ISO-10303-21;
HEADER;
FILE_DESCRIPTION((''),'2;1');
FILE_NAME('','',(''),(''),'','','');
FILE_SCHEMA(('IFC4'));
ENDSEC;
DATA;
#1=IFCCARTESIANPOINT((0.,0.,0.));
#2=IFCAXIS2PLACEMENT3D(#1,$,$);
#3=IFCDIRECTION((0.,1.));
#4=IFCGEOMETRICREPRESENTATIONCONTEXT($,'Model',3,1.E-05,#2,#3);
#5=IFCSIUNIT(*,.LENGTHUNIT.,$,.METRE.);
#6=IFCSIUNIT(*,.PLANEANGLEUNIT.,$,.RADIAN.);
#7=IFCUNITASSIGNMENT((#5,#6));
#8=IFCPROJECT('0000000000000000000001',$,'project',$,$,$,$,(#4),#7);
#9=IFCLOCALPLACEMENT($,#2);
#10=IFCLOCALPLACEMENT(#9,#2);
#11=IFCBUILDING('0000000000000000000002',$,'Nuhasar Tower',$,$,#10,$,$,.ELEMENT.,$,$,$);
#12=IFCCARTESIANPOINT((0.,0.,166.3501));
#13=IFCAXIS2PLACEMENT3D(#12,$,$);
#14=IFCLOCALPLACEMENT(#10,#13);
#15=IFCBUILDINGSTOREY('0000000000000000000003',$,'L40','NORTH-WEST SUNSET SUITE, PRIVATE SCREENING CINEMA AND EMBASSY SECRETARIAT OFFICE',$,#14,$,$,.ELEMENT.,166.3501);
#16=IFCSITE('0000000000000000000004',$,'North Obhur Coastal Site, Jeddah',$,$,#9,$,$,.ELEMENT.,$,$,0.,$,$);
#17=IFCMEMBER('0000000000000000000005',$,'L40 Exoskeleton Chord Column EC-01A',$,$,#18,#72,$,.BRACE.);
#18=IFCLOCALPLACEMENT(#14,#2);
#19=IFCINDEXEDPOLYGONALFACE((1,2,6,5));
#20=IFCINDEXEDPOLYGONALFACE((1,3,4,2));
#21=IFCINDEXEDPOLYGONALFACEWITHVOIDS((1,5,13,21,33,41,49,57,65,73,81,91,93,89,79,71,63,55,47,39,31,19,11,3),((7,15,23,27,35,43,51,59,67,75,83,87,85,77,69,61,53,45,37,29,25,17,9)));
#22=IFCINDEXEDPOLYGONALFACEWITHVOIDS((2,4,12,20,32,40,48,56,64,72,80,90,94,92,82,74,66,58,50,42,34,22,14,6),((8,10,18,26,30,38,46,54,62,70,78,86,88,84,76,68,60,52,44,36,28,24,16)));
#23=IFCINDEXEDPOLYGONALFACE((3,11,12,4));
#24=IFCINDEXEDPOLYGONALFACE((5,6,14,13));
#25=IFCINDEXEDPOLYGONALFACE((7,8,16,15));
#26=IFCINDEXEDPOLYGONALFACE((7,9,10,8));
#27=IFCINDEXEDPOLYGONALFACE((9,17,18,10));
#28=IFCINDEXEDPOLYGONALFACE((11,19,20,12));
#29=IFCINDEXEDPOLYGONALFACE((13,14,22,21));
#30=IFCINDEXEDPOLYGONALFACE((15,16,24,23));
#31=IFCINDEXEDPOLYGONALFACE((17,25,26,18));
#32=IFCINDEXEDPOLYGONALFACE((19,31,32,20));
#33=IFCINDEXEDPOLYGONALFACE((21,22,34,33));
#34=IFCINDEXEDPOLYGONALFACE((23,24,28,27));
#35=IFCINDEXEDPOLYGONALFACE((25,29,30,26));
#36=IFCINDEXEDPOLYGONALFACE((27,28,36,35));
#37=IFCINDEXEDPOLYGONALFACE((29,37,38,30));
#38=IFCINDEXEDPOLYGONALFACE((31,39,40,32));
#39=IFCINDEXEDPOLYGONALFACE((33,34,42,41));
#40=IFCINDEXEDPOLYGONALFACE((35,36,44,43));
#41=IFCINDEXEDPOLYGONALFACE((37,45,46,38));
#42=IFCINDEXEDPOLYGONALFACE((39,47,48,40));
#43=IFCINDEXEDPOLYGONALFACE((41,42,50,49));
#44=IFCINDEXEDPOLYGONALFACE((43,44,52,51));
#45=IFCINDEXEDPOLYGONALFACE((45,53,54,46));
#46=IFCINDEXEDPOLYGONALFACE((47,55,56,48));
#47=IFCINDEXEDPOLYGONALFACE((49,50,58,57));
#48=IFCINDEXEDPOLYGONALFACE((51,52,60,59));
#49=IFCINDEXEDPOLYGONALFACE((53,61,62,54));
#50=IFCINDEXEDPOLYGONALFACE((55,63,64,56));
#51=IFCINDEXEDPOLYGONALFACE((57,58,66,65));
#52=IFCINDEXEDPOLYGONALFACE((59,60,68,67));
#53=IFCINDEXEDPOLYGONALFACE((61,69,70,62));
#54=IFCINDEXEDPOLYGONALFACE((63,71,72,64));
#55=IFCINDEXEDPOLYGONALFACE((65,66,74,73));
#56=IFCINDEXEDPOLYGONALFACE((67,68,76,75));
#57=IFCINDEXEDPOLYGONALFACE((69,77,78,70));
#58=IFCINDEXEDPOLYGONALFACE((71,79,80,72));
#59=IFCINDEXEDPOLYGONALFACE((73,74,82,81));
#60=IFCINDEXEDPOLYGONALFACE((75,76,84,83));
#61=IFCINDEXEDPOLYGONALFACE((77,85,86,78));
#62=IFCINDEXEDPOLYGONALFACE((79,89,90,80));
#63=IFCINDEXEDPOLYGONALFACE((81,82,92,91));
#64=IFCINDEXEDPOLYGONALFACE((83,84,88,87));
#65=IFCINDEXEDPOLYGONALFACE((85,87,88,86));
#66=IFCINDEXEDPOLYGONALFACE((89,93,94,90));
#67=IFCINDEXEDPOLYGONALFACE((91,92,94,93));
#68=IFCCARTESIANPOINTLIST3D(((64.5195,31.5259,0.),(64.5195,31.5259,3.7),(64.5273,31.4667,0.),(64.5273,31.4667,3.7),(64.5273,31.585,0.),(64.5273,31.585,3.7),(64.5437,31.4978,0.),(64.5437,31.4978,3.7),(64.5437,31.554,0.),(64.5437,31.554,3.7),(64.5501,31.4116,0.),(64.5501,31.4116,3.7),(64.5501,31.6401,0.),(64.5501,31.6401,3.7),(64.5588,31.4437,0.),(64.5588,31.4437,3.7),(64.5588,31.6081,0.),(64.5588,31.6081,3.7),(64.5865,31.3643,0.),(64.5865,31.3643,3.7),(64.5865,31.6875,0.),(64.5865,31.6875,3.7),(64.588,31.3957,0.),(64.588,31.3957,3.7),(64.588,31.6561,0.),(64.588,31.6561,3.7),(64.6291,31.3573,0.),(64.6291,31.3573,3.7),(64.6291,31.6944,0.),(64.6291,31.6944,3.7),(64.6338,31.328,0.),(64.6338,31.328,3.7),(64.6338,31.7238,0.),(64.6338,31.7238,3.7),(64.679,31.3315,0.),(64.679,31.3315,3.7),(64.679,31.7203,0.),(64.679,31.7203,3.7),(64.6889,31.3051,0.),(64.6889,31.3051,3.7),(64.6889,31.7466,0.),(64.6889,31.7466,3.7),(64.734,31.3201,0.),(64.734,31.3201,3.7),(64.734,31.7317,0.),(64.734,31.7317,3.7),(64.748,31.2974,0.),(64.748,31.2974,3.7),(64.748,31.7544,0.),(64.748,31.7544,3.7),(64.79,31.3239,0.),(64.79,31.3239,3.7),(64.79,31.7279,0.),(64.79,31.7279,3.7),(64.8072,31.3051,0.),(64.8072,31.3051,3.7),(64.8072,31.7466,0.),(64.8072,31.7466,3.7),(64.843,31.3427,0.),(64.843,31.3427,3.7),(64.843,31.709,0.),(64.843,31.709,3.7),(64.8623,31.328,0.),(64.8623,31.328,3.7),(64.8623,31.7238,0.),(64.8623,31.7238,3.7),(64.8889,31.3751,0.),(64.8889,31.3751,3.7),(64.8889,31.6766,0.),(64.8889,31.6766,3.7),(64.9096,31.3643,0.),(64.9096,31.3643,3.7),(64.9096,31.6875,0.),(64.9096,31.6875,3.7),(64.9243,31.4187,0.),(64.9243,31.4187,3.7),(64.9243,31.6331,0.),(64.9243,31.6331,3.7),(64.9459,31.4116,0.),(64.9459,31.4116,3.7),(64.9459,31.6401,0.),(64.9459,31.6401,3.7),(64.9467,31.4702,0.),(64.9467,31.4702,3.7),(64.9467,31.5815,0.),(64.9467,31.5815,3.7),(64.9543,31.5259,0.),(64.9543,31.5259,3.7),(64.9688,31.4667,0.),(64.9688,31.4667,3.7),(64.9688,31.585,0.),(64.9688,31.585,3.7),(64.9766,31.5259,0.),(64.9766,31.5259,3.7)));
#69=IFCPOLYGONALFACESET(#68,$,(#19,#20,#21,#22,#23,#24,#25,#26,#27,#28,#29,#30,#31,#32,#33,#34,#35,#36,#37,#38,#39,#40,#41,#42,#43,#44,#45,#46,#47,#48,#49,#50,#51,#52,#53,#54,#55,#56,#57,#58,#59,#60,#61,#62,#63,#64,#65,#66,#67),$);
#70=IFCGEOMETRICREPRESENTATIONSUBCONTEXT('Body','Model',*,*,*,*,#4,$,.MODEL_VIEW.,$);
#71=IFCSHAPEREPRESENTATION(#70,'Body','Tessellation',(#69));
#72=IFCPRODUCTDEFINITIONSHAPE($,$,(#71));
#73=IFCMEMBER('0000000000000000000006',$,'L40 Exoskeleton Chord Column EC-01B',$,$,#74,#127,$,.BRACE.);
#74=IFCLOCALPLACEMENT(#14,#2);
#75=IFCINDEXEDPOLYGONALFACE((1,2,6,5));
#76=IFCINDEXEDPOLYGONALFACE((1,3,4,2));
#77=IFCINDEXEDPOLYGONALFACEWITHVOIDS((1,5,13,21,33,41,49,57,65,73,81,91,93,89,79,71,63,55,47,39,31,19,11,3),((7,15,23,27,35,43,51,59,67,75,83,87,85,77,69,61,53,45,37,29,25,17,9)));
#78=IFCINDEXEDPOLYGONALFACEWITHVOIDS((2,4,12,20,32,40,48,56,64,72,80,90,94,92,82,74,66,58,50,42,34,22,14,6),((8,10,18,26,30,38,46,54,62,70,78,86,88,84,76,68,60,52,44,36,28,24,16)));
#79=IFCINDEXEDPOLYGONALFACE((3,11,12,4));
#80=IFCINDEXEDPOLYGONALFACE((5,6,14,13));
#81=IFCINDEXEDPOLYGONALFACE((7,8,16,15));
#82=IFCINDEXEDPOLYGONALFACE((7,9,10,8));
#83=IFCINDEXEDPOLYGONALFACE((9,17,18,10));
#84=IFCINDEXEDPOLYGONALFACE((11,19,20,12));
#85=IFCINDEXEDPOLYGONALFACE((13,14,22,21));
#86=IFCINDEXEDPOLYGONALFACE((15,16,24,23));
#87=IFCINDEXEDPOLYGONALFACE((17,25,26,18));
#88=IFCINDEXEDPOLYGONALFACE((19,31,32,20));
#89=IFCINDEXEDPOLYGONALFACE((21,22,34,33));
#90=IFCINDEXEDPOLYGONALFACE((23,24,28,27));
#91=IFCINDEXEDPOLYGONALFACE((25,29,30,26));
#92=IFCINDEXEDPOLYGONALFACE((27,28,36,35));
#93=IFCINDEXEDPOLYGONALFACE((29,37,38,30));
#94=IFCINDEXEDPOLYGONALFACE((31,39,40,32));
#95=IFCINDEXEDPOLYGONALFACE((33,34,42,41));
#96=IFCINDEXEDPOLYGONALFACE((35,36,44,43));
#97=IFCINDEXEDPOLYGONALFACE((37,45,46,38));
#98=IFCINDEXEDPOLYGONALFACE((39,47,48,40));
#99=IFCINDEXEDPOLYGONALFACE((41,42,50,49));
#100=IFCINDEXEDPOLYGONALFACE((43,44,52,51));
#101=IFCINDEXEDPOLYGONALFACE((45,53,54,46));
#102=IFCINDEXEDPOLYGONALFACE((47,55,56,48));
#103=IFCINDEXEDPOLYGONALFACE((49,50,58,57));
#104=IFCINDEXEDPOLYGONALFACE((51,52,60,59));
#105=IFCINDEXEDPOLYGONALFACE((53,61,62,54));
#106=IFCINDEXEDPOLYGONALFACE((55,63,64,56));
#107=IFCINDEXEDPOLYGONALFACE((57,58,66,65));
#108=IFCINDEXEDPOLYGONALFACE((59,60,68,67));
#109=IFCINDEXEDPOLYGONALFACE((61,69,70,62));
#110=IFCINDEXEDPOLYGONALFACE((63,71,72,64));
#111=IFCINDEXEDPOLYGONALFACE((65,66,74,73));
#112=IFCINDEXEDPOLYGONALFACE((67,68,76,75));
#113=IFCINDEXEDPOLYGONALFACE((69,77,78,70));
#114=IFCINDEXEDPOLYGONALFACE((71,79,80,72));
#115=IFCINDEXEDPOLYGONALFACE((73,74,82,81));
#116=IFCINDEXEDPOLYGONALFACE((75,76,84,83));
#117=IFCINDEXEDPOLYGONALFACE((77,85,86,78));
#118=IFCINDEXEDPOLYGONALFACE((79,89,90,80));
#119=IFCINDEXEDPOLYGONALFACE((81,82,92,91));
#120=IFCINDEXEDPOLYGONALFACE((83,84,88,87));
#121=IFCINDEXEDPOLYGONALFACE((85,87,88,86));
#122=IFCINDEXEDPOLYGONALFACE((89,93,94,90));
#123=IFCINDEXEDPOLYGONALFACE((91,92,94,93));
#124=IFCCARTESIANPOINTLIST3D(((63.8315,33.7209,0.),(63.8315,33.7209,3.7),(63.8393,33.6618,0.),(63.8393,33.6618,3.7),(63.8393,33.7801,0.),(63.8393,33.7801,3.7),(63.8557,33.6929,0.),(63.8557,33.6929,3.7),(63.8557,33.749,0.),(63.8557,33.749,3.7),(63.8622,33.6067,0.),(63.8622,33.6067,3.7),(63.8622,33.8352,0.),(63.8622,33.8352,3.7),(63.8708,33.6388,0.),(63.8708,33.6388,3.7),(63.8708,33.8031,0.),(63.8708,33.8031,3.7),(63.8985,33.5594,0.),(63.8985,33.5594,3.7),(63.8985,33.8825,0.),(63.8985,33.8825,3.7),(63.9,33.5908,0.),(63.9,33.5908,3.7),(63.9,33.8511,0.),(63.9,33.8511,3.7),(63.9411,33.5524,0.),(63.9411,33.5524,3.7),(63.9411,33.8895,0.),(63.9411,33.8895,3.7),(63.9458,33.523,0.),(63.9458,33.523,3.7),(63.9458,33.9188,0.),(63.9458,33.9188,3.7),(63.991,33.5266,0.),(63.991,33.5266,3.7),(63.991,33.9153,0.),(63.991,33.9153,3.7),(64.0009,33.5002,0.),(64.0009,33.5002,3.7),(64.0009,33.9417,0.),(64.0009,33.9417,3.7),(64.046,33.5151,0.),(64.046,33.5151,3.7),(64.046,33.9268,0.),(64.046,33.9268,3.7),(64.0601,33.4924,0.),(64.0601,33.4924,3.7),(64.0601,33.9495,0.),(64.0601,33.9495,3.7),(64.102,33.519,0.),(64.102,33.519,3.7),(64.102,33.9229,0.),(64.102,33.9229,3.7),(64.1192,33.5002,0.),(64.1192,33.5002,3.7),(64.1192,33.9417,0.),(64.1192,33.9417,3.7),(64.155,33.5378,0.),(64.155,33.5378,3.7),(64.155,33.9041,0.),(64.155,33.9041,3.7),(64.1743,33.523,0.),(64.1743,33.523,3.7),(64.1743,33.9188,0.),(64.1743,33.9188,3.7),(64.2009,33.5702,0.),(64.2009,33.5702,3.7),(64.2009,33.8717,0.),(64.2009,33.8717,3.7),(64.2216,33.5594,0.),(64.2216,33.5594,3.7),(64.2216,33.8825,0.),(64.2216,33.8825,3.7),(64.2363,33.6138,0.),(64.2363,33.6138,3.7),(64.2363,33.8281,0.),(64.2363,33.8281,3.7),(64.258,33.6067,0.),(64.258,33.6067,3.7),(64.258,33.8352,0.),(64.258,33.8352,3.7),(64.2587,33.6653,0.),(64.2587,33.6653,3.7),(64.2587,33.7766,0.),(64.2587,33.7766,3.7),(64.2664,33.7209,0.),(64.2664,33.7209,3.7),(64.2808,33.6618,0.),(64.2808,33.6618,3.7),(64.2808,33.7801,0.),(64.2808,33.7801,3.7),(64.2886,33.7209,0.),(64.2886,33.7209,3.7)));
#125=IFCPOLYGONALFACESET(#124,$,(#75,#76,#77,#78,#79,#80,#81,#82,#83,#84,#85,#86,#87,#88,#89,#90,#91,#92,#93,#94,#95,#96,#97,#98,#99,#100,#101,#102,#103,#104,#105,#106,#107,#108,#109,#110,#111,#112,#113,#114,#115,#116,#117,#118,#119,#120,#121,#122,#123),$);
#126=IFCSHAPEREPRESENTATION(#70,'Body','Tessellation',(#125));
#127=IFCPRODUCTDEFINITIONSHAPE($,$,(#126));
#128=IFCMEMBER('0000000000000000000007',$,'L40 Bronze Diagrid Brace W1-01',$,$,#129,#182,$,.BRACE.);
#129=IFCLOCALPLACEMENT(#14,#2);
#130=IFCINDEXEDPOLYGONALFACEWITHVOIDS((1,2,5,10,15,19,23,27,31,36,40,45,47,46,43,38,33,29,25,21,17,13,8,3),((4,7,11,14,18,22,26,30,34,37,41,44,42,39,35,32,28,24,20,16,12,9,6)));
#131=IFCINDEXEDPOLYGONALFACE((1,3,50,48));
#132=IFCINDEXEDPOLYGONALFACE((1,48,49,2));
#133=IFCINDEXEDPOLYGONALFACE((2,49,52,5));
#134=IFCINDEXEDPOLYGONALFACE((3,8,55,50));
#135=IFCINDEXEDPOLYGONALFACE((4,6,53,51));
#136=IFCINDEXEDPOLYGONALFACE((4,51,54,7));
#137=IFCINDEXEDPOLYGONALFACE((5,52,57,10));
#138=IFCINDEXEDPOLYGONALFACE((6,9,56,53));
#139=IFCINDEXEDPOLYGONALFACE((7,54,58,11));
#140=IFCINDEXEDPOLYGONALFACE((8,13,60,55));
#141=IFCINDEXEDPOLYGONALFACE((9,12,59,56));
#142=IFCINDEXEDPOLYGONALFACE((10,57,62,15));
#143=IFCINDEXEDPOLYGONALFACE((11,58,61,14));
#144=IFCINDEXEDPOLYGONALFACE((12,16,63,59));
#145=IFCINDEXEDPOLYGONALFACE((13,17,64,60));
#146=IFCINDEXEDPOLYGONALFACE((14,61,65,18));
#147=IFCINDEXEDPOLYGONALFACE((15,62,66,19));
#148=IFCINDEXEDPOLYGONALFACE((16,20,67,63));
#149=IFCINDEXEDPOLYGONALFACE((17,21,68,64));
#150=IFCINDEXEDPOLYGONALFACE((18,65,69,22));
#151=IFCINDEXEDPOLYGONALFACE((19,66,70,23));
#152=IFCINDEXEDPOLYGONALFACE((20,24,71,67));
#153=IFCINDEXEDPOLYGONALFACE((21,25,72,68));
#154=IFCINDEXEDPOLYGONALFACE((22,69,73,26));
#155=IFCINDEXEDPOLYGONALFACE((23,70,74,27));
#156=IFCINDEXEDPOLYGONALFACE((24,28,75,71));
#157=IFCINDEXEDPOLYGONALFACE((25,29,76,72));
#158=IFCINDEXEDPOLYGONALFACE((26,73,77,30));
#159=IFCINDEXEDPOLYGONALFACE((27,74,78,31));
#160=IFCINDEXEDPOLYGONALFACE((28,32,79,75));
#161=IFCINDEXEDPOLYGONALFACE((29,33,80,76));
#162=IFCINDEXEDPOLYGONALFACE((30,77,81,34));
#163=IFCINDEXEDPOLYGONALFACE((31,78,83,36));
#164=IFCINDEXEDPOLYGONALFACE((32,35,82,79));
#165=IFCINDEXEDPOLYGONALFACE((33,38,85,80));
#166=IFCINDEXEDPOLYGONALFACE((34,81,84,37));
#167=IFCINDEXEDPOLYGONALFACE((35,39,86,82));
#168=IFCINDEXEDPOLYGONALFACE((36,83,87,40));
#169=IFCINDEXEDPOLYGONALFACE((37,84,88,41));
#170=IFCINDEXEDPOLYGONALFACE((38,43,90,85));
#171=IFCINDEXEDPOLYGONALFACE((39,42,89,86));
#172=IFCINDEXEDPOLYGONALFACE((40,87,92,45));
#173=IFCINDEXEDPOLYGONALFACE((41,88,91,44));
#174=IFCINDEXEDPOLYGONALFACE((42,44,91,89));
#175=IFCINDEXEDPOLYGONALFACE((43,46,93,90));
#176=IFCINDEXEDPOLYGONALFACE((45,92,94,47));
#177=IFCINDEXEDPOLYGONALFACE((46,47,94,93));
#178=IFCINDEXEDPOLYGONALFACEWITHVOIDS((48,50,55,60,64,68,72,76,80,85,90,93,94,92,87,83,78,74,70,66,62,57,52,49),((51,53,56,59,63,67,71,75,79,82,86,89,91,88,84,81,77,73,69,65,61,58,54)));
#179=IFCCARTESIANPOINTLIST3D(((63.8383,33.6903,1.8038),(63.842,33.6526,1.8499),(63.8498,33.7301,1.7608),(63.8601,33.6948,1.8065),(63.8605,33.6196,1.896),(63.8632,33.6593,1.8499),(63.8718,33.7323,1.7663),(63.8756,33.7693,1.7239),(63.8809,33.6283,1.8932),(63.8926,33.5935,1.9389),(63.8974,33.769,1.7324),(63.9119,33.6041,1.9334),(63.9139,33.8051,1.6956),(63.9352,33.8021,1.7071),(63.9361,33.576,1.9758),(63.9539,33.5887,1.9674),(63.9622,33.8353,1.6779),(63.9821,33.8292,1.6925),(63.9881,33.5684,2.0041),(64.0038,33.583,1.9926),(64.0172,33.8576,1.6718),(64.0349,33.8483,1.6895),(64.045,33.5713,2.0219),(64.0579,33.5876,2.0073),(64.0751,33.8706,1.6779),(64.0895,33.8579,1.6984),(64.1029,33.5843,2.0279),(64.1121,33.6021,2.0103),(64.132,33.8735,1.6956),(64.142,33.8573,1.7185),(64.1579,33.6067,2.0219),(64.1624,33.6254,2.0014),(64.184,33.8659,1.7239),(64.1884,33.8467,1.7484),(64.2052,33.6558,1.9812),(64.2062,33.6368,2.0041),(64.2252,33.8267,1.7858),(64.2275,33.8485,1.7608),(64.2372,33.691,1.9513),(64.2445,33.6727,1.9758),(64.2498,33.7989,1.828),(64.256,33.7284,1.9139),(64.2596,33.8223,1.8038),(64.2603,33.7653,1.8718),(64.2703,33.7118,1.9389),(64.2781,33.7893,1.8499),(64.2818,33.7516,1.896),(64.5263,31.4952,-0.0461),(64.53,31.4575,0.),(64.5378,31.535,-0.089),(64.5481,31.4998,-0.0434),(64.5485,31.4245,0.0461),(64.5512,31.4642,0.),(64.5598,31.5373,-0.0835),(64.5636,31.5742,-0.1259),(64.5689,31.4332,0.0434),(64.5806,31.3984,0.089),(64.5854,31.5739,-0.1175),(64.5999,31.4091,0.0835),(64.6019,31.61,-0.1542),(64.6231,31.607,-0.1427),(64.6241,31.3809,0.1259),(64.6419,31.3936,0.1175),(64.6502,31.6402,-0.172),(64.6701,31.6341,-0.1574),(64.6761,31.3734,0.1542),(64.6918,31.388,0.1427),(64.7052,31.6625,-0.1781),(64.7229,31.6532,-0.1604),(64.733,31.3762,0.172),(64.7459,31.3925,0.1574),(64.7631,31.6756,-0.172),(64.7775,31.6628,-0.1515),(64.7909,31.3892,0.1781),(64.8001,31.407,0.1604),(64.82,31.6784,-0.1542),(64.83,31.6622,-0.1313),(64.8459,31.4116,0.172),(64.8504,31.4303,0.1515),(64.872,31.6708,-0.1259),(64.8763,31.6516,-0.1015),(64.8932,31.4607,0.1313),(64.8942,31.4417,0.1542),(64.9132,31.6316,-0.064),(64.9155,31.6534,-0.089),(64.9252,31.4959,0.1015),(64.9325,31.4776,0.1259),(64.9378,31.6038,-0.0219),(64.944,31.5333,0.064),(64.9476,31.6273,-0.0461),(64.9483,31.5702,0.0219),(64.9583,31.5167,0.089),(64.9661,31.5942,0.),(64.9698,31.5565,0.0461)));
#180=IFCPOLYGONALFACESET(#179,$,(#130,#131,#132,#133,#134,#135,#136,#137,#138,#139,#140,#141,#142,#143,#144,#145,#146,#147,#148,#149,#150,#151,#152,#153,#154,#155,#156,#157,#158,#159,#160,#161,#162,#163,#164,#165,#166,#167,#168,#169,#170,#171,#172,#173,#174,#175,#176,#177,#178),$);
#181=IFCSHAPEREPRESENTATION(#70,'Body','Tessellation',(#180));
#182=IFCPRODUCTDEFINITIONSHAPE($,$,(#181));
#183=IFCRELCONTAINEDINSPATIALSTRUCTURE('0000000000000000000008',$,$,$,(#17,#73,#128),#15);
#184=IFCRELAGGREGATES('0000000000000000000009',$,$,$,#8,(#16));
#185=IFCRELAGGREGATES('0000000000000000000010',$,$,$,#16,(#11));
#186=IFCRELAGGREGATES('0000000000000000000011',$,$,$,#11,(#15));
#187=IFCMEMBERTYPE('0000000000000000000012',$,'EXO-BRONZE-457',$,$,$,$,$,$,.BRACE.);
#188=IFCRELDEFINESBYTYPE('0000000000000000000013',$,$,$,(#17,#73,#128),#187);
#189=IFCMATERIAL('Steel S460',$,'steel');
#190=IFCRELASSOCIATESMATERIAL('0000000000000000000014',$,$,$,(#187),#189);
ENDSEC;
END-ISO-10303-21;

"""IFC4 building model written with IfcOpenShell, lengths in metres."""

from ifc_helpers import new_model, si_unit, direction, frame, origin, origin_2d, place, context, subcontext, project, spatial, hollow_circle, extrude, material, material_profile, profile_set, type_object, element, save


model = new_model("IFC4")

# Units and contexts
model_context = context("Model", 3, precision=1e-05, world=origin(), true_north=direction((0.0, 1.0)))
body_context = subcontext(model_context, "Body", "Model", "MODEL_VIEW")
ifc_project = project(units=[si_unit("LENGTHUNIT", "METRE"), si_unit("PLANEANGLEUNIT", "RADIAN")], contexts=[model_context])

# Site, building, storey
site_placement = place(None, origin())
site = spatial("IfcSite", under=ifc_project, at=site_placement, Name="North Obhur Coastal Site, Jeddah", CompositionType="ELEMENT", RefElevation=0.0)
building_placement = place(site_placement, origin())
building = spatial("IfcBuilding", under=site, at=building_placement, Name="Nuhasar Tower", CompositionType="ELEMENT")
storey_placement = place(building_placement, frame((0.0, 0.0, 166.3501)))
storey = spatial("IfcBuildingStorey", under=building, at=storey_placement, Name="L40", Description="NORTH-WEST SUNSET SUITE, PRIVATE SCREENING CINEMA AND EMBASSY SECRETARIAT OFFICE", CompositionType="ELEMENT", Elevation=166.3501)

# Members
ifc_material_1 = material(Name="Steel S460", Category="steel")
ifc_material_profile_1 = material_profile(ifc_material_1, hollow_circle(Radius=0.2285, WallThickness=0.0222, at=origin_2d()), Name="HSS457X22.2")
ifc_profile_set_1 = profile_set([ifc_material_profile_1], Name="Steel S460")
member_type_1 = type_object("IfcMemberType", Name="EXO-BRONZE-457", PredefinedType="BRACE", material=ifc_profile_set_1)
for number, where, z_axis, x_axis, name in (
    (1, (64.748, 31.5259, 0.0), (0.0, 0.0, 1.0), (1.0, 0.0, 0.0), "L40 Exoskeleton Chord Column EC-01A"),
    (2, (64.0601, 33.7209, 0.0), (0.0, 0.0, 1.0), (1.0, 0.0, 0.0), "L40 Exoskeleton Chord Column EC-01B"),
):
    element("IfcMember", number, at=place(storey_placement, frame(where, z_axis=z_axis, x_axis=x_axis)), inside=storey, type_object=member_type_1, Name=name, PredefinedType="BRACE", context=body_context, shape_type="SweptSolid", body=[
        extrude(hollow_circle(Radius=0.2285, WallThickness=0.0222, at=origin_2d()), origin(), (0.0, 0.0, 1.0), 3.7),
    ])
member_1_placement = place(storey_placement, frame((64.748, 31.5259, 0.0), z_axis=(-0.233068, 0.743616, 0.626669), x_axis=(-0.954228, -0.299079, 0.0)))
element("IfcMember", 3, at=member_1_placement, inside=storey, type_object=member_type_1, Name="L40 Bronze Diagrid Brace W1-01", PredefinedType="BRACE", context=body_context, shape_type="SweptSolid", body=[
    extrude(hollow_circle(Radius=0.2285, WallThickness=0.0222, at=origin_2d()), origin(), (0.0, 0.0, 1.0), 2.9519),
])

save(model, "model.ifc")
